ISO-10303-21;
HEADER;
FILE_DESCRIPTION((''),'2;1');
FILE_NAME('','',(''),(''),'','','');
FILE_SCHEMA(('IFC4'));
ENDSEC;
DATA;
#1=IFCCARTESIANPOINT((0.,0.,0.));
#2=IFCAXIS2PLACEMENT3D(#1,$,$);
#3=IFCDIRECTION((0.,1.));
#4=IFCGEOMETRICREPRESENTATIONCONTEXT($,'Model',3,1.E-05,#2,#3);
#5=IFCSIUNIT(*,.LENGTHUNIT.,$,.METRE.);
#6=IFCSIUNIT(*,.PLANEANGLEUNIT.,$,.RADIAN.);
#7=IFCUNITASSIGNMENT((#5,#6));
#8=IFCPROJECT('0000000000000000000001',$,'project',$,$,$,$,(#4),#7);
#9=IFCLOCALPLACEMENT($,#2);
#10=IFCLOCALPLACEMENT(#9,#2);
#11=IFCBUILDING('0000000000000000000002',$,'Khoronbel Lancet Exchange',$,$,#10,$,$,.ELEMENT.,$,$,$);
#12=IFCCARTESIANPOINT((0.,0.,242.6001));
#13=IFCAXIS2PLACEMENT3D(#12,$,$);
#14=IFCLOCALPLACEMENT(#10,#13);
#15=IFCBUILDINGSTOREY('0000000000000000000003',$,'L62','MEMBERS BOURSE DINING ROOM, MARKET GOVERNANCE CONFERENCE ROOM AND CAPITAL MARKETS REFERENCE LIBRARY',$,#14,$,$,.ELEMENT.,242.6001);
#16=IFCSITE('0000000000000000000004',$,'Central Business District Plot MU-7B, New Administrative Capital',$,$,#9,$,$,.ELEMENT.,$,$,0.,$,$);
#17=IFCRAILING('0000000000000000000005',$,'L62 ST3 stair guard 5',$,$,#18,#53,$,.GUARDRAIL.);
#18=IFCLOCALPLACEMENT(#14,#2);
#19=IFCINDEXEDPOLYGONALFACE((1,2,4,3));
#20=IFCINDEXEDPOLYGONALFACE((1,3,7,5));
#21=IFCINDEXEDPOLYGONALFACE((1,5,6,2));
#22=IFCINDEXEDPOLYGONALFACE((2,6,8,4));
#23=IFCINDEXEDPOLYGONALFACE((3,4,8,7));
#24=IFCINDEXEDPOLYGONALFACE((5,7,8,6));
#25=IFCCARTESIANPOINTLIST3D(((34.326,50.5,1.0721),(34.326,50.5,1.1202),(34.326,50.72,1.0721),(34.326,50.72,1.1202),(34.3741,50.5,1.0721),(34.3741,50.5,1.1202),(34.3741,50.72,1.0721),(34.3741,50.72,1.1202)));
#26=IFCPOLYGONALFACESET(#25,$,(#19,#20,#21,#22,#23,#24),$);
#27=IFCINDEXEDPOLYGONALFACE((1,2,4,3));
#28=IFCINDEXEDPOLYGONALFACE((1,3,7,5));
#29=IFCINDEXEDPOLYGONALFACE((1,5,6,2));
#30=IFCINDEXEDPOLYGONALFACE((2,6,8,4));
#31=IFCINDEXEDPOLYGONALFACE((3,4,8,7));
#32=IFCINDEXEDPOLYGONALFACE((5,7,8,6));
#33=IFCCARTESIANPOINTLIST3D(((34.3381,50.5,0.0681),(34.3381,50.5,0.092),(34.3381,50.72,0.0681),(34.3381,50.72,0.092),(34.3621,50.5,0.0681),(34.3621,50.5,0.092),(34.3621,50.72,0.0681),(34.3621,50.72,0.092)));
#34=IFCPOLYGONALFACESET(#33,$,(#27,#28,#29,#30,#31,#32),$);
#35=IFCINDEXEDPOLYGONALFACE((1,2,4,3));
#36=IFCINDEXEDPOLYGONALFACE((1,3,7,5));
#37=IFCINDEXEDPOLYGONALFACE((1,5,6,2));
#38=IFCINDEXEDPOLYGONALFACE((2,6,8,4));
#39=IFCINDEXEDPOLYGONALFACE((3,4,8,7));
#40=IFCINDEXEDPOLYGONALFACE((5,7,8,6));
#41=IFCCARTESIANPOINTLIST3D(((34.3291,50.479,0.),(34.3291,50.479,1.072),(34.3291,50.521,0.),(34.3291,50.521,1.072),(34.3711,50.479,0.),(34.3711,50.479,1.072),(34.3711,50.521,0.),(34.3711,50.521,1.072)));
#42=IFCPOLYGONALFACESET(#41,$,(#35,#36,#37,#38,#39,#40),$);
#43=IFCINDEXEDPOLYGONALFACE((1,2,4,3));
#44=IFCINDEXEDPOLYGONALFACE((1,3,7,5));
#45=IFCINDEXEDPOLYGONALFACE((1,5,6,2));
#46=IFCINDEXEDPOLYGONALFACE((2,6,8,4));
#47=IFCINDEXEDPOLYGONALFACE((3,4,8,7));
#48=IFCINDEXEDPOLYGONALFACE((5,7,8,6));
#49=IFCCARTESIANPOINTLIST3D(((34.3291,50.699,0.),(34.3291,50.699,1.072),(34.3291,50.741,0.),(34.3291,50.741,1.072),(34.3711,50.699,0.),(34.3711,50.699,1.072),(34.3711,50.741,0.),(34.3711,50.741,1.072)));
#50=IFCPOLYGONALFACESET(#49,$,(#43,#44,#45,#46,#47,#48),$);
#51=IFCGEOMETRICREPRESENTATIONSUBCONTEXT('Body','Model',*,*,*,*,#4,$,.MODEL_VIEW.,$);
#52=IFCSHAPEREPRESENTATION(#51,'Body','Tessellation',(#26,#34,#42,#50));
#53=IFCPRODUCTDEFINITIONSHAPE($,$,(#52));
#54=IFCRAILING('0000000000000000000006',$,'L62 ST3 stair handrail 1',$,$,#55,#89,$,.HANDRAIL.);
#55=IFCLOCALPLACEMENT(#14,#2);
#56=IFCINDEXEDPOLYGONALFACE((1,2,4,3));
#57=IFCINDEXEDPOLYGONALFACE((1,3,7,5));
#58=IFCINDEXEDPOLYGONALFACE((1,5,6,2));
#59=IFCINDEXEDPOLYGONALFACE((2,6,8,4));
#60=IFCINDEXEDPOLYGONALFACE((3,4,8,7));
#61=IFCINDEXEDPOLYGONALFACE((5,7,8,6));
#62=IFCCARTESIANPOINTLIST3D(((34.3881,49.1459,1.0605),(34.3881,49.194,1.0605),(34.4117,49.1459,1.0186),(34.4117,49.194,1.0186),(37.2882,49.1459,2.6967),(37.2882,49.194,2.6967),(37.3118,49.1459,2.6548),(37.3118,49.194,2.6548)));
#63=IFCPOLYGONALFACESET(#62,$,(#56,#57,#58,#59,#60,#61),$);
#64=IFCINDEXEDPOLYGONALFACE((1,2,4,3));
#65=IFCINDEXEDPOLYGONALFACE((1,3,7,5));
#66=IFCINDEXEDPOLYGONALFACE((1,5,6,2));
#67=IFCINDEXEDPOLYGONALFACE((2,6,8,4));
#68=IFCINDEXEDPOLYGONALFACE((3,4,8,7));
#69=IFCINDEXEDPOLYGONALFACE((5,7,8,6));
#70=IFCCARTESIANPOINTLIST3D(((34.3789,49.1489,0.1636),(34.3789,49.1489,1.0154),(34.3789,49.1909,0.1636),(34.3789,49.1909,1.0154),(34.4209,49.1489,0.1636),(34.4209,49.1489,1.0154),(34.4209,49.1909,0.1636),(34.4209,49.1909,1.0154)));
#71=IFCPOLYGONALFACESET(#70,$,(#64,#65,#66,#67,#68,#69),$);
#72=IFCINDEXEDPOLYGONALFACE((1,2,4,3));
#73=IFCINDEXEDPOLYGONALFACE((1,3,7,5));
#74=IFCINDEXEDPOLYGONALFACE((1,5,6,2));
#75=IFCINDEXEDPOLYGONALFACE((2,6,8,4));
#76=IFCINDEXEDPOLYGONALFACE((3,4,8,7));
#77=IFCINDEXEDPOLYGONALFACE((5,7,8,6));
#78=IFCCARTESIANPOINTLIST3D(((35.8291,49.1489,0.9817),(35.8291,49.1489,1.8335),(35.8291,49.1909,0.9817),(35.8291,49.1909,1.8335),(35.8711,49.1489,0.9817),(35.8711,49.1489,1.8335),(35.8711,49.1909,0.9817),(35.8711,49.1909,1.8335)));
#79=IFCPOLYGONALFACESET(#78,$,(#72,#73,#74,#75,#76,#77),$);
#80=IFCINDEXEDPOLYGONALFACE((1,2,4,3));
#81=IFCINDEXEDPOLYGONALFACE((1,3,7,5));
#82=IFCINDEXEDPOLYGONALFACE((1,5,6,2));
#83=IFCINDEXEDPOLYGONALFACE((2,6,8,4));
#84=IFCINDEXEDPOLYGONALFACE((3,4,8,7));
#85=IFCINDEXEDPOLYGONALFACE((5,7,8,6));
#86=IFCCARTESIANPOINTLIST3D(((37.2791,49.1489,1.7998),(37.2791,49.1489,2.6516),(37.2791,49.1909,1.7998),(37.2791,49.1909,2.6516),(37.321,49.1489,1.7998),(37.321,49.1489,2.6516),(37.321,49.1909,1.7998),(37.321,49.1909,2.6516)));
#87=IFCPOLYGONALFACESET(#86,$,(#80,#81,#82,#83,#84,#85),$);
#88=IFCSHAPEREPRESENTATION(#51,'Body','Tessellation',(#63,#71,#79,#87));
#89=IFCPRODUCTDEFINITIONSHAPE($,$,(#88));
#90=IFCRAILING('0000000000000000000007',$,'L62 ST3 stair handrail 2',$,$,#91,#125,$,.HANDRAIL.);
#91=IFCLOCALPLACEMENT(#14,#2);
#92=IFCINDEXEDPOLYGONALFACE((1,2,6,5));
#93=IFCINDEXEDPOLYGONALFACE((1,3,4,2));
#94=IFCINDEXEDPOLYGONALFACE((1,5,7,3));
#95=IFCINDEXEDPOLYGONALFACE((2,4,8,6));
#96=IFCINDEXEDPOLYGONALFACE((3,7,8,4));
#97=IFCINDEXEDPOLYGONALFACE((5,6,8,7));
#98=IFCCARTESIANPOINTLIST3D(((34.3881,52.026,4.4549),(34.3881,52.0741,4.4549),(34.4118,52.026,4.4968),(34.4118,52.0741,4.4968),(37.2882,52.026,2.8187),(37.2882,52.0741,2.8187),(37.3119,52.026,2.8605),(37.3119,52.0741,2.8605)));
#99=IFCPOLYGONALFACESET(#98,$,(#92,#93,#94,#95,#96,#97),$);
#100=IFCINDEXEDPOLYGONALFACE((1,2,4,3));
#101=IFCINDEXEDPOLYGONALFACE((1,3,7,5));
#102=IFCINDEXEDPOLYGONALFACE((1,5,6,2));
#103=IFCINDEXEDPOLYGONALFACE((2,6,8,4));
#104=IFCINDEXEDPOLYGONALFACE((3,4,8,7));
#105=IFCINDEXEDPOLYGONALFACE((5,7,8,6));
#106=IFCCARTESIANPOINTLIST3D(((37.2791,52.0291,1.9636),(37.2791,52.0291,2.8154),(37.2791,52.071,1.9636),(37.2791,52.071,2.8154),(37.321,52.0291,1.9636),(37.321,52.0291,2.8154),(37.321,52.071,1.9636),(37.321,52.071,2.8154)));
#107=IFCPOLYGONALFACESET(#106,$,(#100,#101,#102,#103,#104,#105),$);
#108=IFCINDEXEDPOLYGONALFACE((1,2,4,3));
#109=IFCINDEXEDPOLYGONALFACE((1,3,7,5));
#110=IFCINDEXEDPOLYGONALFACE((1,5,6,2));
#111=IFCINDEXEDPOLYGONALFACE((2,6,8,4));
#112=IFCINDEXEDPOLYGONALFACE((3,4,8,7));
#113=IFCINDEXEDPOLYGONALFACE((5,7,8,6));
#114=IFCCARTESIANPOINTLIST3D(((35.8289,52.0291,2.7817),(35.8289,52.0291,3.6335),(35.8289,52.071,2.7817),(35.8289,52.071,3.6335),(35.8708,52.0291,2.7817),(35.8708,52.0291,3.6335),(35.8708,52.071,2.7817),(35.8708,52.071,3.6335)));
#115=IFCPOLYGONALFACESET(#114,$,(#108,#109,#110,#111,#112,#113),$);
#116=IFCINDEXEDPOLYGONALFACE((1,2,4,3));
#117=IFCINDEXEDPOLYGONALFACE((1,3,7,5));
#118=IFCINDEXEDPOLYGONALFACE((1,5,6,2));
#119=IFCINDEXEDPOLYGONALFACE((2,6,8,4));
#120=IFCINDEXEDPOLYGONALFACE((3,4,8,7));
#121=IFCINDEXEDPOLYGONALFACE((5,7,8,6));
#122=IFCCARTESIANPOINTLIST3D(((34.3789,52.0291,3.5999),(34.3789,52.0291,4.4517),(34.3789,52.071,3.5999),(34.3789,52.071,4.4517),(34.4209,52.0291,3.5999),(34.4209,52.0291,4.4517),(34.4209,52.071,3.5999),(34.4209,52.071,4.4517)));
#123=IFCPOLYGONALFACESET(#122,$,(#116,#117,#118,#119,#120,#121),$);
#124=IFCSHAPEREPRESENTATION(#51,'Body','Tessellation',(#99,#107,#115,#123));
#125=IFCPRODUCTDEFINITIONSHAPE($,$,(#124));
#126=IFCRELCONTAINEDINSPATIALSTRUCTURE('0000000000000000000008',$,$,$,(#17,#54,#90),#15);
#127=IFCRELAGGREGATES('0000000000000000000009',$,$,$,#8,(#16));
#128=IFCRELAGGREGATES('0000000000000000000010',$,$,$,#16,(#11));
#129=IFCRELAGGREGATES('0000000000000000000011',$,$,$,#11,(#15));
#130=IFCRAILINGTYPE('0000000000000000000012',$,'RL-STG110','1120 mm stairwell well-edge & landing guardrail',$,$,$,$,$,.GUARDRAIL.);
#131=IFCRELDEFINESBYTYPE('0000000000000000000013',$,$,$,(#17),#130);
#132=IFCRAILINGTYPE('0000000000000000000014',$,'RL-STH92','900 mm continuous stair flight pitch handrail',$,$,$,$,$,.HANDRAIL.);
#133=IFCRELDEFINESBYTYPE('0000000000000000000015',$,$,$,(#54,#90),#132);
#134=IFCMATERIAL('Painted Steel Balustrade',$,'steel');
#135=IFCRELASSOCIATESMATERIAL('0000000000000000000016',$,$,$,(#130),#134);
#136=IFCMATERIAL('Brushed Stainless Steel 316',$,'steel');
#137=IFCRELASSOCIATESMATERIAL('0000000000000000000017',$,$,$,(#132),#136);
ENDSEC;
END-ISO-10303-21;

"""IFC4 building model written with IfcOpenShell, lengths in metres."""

from ifc_helpers import new_model, si_unit, direction, frame, origin, origin_2d, place, context, subcontext, project, spatial, rectangle, extrude, material, type_object, element, save


model = new_model("IFC4")

# Units and contexts
model_context = context("Model", 3, precision=1e-05, world=origin(), true_north=direction((0.0, 1.0)))
body_context = subcontext(model_context, "Body", "Model", "MODEL_VIEW")
ifc_project = project(units=[si_unit("LENGTHUNIT", "METRE"), si_unit("PLANEANGLEUNIT", "RADIAN")], contexts=[model_context])

# Site, building, storey
site_placement = place(None, origin())
site = spatial("IfcSite", under=ifc_project, at=site_placement, Name="Central Business District Plot MU-7B, New Administrative Capital", CompositionType="ELEMENT", RefElevation=0.0)
building_placement = place(site_placement, origin())
building = spatial("IfcBuilding", under=site, at=building_placement, Name="Khoronbel Lancet Exchange", CompositionType="ELEMENT")
storey_placement = place(building_placement, frame((0.0, 0.0, 242.6001)))
storey = spatial("IfcBuildingStorey", under=building, at=storey_placement, Name="L62", Description="MEMBERS BOURSE DINING ROOM, MARKET GOVERNANCE CONFERENCE ROOM AND CAPITAL MARKETS REFERENCE LIBRARY", CompositionType="ELEMENT", Elevation=242.6001)

# Railings
ifc_material_1 = material(Name="Painted Steel Balustrade", Category="steel")
railing_type_1 = type_object("IfcRailingType", Name="RL-STG110", Description="1120 mm stairwell well-edge & landing guardrail", PredefinedType="GUARDRAIL", material=ifc_material_1)
railing_1_placement = place(storey_placement, frame((34.3501, 50.5, 0.0)))
element("IfcRailing", 1, at=railing_1_placement, inside=storey, type_object=railing_type_1, Name="L62 ST3 stair guard 5", PredefinedType="GUARDRAIL", context=body_context, shape_type="SweptSolid", body=[
    extrude(rectangle(XDim=0.0481, YDim=0.0481, at=origin_2d()), frame((0.0, 0.0, 1.0962), z_axis=(0.0, 1.0, 0.0), x_axis=(-1.0, 0.0, 0.0)), (0.0, 0.0, 1.0), 0.22),
    extrude(rectangle(XDim=0.0239, YDim=0.0239, at=origin_2d()), frame((0.0, 0.0, 0.0801), z_axis=(0.0, 1.0, 0.0), x_axis=(-1.0, 0.0, 0.0)), (0.0, 0.0, 1.0), 0.22),
    extrude(rectangle(XDim=0.042, YDim=0.042, at=origin_2d()), origin(), (0.0, 0.0, 1.0), 1.072),
    extrude(rectangle(XDim=0.042, YDim=0.042, at=origin_2d()), frame((0.0, 0.22, 0.0)), (0.0, 0.0, 1.0), 1.072),
])
ifc_material_2 = material(Name="Brushed Stainless Steel 316", Category="steel")
railing_type_2 = type_object("IfcRailingType", Name="RL-STH92", Description="900 mm continuous stair flight pitch handrail", PredefinedType="HANDRAIL", material=ifc_material_2)
railing_2_placement = place(storey_placement, frame((34.3999, 49.1699, 0.1636)))
element("IfcRailing", 2, at=railing_2_placement, inside=storey, type_object=railing_type_2, Name="L62 ST3 stair handrail 1", PredefinedType="HANDRAIL", context=body_context, shape_type="SweptSolid", body=[
    extrude(rectangle(XDim=0.0481, YDim=0.0481, at=origin_2d()), frame((0.0, 0.0, 0.876), z_axis=(0.870946, 0.0, 0.491378), x_axis=(0.0, 1.0, 0.0)), (0.0, 0.0, 1.0), 3.3298),
    extrude(rectangle(XDim=0.042, YDim=0.042, at=origin_2d()), origin(), (0.0, 0.0, 1.0), 0.8518),
    extrude(rectangle(XDim=0.042, YDim=0.042, at=origin_2d()), frame((1.4502, 0.0, 0.8181)), (0.0, 0.0, 1.0), 0.8518),
    extrude(rectangle(XDim=0.042, YDim=0.042, at=origin_2d()), frame((2.9001, 0.0, 1.6362)), (0.0, 0.0, 1.0), 0.8518),
])
railing_3_placement = place(storey_placement, frame((37.3, 52.05, 1.9636)))
element("IfcRailing", 3, at=railing_3_placement, inside=storey, type_object=railing_type_2, Name="L62 ST3 stair handrail 2", PredefinedType="HANDRAIL", context=body_context, shape_type="SweptSolid", body=[
    extrude(rectangle(XDim=0.0481, YDim=0.0481, at=origin_2d()), frame((0.0, 0.0, 0.876), z_axis=(-0.870946, 0.0, 0.491378), x_axis=(0.0, -1.0, 0.0)), (0.0, 0.0, 1.0), 3.3298),
    extrude(rectangle(XDim=0.042, YDim=0.042, at=origin_2d()), origin(), (0.0, 0.0, 1.0), 0.8518),
    extrude(rectangle(XDim=0.042, YDim=0.042, at=origin_2d()), frame((-1.4502, 0.0, 0.8181)), (0.0, 0.0, 1.0), 0.8518),
    extrude(rectangle(XDim=0.042, YDim=0.042, at=origin_2d()), frame((-2.9001, 0.0, 1.6362)), (0.0, 0.0, 1.0), 0.8518),
])

save(model, "model.ifc")
